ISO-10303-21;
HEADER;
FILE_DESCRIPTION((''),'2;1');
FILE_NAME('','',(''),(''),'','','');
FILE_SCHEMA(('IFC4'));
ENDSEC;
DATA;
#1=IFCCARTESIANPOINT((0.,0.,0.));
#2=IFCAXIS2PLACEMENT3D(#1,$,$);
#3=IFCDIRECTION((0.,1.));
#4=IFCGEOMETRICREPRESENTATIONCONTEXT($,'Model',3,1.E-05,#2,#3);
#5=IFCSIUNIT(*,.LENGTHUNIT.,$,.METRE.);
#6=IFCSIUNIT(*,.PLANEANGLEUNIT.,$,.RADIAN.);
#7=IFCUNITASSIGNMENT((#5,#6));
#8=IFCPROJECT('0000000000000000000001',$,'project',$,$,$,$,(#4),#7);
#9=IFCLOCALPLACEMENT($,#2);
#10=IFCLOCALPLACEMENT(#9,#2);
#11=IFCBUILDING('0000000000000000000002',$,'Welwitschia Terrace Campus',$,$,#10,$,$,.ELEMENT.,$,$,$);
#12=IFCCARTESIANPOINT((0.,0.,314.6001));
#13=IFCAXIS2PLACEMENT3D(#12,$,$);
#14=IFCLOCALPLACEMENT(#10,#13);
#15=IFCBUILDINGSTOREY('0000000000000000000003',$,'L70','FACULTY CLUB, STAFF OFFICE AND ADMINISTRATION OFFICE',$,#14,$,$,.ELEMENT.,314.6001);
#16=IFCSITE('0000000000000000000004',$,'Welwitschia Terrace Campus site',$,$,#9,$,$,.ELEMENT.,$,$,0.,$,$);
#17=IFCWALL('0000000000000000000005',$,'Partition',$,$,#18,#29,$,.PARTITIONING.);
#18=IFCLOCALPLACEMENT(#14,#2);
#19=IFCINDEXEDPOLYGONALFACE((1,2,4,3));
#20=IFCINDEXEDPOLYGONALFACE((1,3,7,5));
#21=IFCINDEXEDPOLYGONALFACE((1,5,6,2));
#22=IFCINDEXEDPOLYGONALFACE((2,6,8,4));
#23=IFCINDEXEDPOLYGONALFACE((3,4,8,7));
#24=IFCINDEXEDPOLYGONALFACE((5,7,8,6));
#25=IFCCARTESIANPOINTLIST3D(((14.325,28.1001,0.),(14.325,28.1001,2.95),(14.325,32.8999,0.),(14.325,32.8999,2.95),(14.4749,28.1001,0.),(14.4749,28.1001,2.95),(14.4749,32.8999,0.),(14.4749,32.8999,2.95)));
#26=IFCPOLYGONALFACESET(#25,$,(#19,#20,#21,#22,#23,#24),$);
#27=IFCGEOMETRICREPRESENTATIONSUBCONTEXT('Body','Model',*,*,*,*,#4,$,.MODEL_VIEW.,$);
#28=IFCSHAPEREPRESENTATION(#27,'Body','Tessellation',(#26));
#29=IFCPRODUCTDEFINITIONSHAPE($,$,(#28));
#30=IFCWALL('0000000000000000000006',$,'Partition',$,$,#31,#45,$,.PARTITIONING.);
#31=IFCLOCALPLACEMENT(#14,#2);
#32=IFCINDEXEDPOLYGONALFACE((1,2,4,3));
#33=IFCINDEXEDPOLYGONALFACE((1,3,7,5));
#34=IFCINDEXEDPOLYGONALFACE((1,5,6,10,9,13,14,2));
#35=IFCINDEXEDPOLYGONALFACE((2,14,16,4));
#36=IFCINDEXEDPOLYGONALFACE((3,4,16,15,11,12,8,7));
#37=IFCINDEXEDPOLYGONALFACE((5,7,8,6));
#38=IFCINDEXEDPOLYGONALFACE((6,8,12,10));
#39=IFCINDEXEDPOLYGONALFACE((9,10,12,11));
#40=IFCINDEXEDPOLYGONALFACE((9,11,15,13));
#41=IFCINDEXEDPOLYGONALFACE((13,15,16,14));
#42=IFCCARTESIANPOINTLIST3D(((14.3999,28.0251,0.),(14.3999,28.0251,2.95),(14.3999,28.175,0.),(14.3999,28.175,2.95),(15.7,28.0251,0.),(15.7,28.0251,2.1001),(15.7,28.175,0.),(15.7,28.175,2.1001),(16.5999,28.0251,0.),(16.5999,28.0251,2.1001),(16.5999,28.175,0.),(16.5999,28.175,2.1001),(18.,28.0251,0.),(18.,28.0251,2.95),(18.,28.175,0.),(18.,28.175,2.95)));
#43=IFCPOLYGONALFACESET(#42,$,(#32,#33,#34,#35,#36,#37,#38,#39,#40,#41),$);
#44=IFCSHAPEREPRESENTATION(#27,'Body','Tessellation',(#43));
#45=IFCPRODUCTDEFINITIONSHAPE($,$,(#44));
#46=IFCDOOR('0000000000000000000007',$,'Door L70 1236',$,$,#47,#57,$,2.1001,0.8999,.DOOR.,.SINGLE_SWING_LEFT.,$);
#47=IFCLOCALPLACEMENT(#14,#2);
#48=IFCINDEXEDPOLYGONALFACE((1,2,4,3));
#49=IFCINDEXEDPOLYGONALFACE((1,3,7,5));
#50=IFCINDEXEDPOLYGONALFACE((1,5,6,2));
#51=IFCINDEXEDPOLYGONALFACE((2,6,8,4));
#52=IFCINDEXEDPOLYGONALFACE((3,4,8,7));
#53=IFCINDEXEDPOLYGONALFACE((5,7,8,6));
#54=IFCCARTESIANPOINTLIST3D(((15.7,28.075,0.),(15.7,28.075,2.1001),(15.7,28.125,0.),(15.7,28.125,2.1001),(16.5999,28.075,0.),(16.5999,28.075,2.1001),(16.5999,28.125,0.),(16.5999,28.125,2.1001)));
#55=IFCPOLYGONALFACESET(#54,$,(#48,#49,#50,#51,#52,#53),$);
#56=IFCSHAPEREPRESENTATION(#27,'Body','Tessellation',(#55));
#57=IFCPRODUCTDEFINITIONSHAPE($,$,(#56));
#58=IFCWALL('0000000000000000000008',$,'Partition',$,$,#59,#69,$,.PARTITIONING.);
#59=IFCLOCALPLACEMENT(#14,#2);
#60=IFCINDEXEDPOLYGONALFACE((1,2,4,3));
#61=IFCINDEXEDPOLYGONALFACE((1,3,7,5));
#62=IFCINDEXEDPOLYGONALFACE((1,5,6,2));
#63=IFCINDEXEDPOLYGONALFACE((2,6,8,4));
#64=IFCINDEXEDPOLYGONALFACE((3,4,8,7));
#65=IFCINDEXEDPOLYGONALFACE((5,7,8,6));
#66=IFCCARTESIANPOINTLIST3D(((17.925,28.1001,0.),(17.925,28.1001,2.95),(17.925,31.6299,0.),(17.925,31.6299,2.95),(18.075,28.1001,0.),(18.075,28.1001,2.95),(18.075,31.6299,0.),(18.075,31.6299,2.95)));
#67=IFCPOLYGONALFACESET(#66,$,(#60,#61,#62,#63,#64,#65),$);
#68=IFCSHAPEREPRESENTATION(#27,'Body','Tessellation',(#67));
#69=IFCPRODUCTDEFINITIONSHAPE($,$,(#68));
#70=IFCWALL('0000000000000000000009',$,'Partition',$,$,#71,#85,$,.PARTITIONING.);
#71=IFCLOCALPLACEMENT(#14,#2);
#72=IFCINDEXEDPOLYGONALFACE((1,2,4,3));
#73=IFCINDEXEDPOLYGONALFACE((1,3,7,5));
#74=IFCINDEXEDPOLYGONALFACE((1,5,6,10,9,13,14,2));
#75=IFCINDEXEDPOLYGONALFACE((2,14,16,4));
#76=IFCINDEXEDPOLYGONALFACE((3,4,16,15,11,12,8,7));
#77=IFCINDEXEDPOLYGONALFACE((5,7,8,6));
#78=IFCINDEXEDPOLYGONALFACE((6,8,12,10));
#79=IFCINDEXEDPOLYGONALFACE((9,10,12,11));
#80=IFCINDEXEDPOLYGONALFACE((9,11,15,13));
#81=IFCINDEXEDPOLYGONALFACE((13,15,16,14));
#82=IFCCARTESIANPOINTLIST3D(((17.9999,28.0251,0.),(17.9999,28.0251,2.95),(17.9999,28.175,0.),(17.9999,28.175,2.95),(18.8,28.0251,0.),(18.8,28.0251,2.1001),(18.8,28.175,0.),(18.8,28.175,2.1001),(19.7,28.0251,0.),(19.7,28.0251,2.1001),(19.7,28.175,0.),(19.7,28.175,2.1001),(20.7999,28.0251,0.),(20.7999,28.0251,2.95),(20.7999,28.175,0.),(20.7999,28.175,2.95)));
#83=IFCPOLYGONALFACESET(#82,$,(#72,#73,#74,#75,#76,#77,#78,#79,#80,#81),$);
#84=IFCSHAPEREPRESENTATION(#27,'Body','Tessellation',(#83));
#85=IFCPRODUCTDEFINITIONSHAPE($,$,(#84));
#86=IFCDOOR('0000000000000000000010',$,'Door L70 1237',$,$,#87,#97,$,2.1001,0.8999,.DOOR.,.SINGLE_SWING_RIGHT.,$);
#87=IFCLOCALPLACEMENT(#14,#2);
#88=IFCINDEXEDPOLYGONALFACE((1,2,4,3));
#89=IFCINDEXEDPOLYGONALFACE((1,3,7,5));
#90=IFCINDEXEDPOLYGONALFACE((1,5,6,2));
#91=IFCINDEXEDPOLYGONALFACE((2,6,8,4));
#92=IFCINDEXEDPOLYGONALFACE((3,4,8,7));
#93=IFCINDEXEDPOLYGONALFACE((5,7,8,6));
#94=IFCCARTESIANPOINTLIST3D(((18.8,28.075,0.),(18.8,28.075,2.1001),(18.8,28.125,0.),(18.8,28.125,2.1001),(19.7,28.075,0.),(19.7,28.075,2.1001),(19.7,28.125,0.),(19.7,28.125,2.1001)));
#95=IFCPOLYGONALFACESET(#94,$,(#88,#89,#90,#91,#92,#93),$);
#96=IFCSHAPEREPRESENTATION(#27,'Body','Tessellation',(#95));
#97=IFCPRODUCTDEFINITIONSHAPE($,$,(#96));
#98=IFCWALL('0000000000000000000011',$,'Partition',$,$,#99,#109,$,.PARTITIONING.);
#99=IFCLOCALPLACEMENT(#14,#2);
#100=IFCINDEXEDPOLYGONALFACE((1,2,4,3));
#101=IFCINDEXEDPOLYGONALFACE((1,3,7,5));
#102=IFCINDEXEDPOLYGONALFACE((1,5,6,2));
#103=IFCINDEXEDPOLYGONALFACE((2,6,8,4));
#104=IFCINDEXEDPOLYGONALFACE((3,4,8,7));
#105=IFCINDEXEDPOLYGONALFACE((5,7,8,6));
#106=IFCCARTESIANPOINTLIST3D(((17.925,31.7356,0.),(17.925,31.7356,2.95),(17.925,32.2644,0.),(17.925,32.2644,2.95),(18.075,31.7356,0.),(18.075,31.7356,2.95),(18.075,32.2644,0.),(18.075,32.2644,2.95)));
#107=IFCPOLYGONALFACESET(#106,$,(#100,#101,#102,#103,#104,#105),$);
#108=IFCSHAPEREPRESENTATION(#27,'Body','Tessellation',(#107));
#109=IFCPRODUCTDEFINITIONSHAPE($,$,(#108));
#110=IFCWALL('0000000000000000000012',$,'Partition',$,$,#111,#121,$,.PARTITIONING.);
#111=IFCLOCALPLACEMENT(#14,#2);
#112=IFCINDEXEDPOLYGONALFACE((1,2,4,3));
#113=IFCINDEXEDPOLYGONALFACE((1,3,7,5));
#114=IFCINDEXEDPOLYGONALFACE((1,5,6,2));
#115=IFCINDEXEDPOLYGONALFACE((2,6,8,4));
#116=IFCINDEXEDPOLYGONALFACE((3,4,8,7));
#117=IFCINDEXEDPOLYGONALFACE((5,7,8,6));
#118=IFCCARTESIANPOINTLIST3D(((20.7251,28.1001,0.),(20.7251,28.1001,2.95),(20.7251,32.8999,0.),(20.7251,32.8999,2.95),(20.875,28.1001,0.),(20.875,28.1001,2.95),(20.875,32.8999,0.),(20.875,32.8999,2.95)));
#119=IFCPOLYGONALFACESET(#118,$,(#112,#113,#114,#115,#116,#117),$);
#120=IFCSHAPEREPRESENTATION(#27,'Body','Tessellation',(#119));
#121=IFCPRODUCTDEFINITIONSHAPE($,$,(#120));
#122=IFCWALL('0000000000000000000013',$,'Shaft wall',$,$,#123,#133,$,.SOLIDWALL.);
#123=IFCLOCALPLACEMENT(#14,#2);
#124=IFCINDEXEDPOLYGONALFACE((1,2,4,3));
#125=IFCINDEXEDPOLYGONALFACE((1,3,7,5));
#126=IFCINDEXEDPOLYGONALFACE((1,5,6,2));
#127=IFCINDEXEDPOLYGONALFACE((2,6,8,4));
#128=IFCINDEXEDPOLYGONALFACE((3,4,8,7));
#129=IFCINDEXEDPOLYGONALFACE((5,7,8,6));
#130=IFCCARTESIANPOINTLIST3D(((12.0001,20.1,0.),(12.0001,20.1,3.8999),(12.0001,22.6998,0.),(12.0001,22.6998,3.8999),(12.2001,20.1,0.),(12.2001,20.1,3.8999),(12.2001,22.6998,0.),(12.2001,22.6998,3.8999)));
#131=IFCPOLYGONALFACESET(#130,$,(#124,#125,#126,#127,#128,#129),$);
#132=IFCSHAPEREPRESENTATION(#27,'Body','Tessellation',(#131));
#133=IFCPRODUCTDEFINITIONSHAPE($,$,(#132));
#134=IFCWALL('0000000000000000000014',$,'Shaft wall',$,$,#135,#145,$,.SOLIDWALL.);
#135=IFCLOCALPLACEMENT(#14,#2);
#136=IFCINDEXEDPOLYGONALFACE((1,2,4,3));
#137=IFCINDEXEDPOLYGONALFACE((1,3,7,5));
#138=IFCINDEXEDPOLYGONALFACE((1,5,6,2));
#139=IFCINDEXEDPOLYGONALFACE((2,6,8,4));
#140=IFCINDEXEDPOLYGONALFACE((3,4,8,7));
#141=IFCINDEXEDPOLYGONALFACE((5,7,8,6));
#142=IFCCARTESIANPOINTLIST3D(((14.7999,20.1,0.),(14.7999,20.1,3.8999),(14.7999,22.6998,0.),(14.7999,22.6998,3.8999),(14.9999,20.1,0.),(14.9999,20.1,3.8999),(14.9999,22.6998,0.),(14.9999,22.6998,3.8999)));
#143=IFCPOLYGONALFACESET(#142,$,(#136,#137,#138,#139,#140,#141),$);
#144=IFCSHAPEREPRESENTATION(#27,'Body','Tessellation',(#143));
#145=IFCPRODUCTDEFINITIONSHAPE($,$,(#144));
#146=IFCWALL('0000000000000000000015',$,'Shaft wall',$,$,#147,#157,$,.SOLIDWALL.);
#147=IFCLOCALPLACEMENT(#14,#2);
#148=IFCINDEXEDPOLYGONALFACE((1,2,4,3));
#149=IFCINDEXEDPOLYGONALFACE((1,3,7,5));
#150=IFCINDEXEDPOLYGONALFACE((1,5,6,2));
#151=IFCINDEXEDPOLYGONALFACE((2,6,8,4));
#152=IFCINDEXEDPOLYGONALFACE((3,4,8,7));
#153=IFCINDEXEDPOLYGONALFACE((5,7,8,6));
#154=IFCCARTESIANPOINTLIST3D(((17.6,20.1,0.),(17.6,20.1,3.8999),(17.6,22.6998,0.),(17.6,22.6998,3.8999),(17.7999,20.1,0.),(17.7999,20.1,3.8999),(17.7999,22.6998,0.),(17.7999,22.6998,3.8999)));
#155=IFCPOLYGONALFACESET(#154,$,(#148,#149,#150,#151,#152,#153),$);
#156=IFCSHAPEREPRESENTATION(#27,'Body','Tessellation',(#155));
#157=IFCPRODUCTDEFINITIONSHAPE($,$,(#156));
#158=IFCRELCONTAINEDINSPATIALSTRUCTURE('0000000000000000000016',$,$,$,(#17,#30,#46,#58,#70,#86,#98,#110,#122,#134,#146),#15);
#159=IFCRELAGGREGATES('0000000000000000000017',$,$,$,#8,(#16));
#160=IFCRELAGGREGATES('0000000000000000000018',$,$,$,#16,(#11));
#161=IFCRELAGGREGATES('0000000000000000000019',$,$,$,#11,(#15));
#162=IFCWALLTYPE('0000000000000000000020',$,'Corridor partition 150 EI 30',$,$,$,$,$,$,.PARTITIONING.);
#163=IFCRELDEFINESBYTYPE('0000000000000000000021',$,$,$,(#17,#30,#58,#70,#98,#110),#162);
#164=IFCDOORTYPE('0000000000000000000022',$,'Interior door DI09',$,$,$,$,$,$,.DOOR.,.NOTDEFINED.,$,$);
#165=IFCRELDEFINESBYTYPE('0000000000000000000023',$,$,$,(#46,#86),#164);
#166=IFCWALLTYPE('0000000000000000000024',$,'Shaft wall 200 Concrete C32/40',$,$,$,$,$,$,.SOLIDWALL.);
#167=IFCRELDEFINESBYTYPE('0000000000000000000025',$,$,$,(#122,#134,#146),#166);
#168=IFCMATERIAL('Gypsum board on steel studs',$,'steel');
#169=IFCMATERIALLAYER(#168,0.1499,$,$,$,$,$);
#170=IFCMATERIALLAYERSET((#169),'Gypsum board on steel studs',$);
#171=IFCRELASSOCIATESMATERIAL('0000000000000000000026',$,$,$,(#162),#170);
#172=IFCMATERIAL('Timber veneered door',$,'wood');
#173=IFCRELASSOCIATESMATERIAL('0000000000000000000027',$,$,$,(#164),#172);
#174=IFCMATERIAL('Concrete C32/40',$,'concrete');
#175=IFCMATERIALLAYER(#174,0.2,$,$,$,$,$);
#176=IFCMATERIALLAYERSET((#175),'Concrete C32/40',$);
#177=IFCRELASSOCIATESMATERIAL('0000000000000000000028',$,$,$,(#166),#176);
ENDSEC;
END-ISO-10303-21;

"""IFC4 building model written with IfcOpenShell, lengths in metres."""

from ifc_helpers import new_model, si_unit, direction, frame, frame_2d, origin, place, context, subcontext, project, spatial, rectangle, extrude, material, layer, layer_set, type_object, element, fill, save


model = new_model("IFC4")

# Units and contexts
model_context = context("Model", 3, precision=1e-05, world=origin(), true_north=direction((0.0, 1.0)))
body_context = subcontext(model_context, "Body", "Model", "MODEL_VIEW")
ifc_project = project(units=[si_unit("LENGTHUNIT", "METRE"), si_unit("PLANEANGLEUNIT", "RADIAN")], contexts=[model_context])

# Site, building, storey
site_placement = place(None, origin())
site = spatial("IfcSite", under=ifc_project, at=site_placement, Name="Welwitschia Terrace Campus site", CompositionType="ELEMENT", RefElevation=0.0)
building_placement = place(site_placement, origin())
building = spatial("IfcBuilding", under=site, at=building_placement, Name="Welwitschia Terrace Campus", CompositionType="ELEMENT")
storey_placement = place(building_placement, frame((0.0, 0.0, 314.6001)))
storey = spatial("IfcBuildingStorey", under=building, at=storey_placement, Name="L70", Description="FACULTY CLUB, STAFF OFFICE AND ADMINISTRATION OFFICE", CompositionType="ELEMENT", Elevation=314.6001)

# Wall
ifc_material_1 = material(Name="Gypsum board on steel studs", Category="steel")
ifc_layer_1 = layer(ifc_material_1, 0.1499)
ifc_layer_set_1 = layer_set([ifc_layer_1], Name="Gypsum board on steel studs")
wall_type_1 = type_object("IfcWallType", Name="Corridor partition 150 EI 30", PredefinedType="PARTITIONING", material=ifc_layer_set_1)
wall_1_placement = place(storey_placement, frame((14.3999, 28.1001, 0.0), z_axis=(0.0, 0.0, 1.0), x_axis=(0.0, 1.0, 0.0)))
element("IfcWall", 1, at=wall_1_placement, inside=storey, type_object=wall_type_1, Name="Partition", PredefinedType="PARTITIONING", context=body_context, shape_type="SweptSolid", body=[
    extrude(rectangle(XDim=4.7998, YDim=0.1499, at=frame_2d((2.3999, 0.0))), origin(), (0.0, 0.0, 1.0), 2.95),
])

# Wall, opening, door
wall_2_placement = place(storey_placement, frame((14.3999, 28.1001, 0.0), z_axis=(0.0, 0.0, 1.0), x_axis=(1.0, 0.0, 0.0)))
wall_2 = element("IfcWall", 2, at=wall_2_placement, inside=storey, type_object=wall_type_1, Name="Partition", PredefinedType="PARTITIONING", context=body_context, shape_type="SweptSolid", body=[
    extrude(rectangle(XDim=3.6001, YDim=0.1499, at=frame_2d((1.8, 0.0))), origin(), (0.0, 0.0, 1.0), 2.95),
])
opening_1_placement = place(wall_2_placement, frame((1.3, 0.0, 0.0)))
opening_1 = element("IfcOpeningElement", 3, at=opening_1_placement, cuts=wall_2, PredefinedType="OPENING", context=body_context, shape_type="SweptSolid", body=[
    extrude(rectangle(XDim=0.8999, YDim=2.1001, at=frame_2d((0.45, 1.05))), frame((0.0, 0.085, 0.0), z_axis=(0.0, -1.0, 0.0), x_axis=(1.0, 0.0, 0.0)), (0.0, 0.0, 1.0), 0.1699),
])
ifc_material_2 = material(Name="Timber veneered door", Category="wood")
door_type = type_object("IfcDoorType", Name="Interior door DI09", OperationType="NOTDEFINED", PredefinedType="DOOR", material=ifc_material_2)
door_1_placement = place(opening_1_placement, origin())
door_1 = element("IfcDoor", 4, at=door_1_placement, inside=storey, type_object=door_type, Name="Door L70 1236", OperationType="SINGLE_SWING_LEFT", OverallHeight=2.1001, OverallWidth=0.8999, PredefinedType="DOOR", context=body_context, shape_type="SweptSolid", body=[
    extrude(rectangle(XDim=0.8999, YDim=2.1001, at=frame_2d((0.45, 1.05))), frame((0.0, 0.0249, 0.0), z_axis=(0.0, -1.0, 0.0), x_axis=(1.0, 0.0, 0.0)), (0.0, 0.0, 1.0), 0.05),
])
fill(opening_1, door_1)

# Wall
wall_3_placement = place(storey_placement, frame((18.0, 28.1001, 0.0), z_axis=(0.0, 0.0, 1.0), x_axis=(0.0, 1.0, 0.0)))
element("IfcWall", 5, at=wall_3_placement, inside=storey, type_object=wall_type_1, Name="Partition", PredefinedType="PARTITIONING", context=body_context, shape_type="SweptSolid", body=[
    extrude(rectangle(XDim=3.5298, YDim=0.1499, at=frame_2d((1.7649, 0.0))), origin(), (0.0, 0.0, 1.0), 2.95),
])

# Wall, opening, door
wall_4_placement = place(storey_placement, frame((18.0, 28.1001, 0.0), z_axis=(0.0, 0.0, 1.0), x_axis=(1.0, 0.0, 0.0)))
wall_4 = element("IfcWall", 6, at=wall_4_placement, inside=storey, type_object=wall_type_1, Name="Partition", PredefinedType="PARTITIONING", context=body_context, shape_type="SweptSolid", body=[
    extrude(rectangle(XDim=2.8, YDim=0.1499, at=frame_2d((1.3999, 0.0))), origin(), (0.0, 0.0, 1.0), 2.95),
])
opening_2_placement = place(wall_4_placement, frame((0.8, 0.0, 0.0)))
opening_2 = element("IfcOpeningElement", 7, at=opening_2_placement, cuts=wall_4, PredefinedType="OPENING", context=body_context, shape_type="SweptSolid", body=[
    extrude(rectangle(XDim=0.8999, YDim=2.1001, at=frame_2d((0.45, 1.05))), frame((0.0, 0.085, 0.0), z_axis=(0.0, -1.0, 0.0), x_axis=(1.0, 0.0, 0.0)), (0.0, 0.0, 1.0), 0.1699),
])
door_2_placement = place(opening_2_placement, origin())
door_2 = element("IfcDoor", 8, at=door_2_placement, inside=storey, type_object=door_type, Name="Door L70 1237", OperationType="SINGLE_SWING_RIGHT", OverallHeight=2.1001, OverallWidth=0.8999, PredefinedType="DOOR", context=body_context, shape_type="SweptSolid", body=[
    extrude(rectangle(XDim=0.8999, YDim=2.1001, at=frame_2d((0.45, 1.05))), frame((0.0, 0.0249, 0.0), z_axis=(0.0, -1.0, 0.0), x_axis=(1.0, 0.0, 0.0)), (0.0, 0.0, 1.0), 0.05),
])
fill(opening_2, door_2)

# Walls
wall_5_placement = place(storey_placement, frame((18.0, 31.7356, 0.0), z_axis=(0.0, 0.0, 1.0), x_axis=(0.0, 1.0, 0.0)))
element("IfcWall", 9, at=wall_5_placement, inside=storey, type_object=wall_type_1, Name="Partition", PredefinedType="PARTITIONING", context=body_context, shape_type="SweptSolid", body=[
    extrude(rectangle(XDim=0.5288, YDim=0.1499, at=frame_2d((0.2644, 0.0))), origin(), (0.0, 0.0, 1.0), 2.95),
])
wall_6_placement = place(storey_placement, frame((20.8, 28.1001, 0.0), z_axis=(0.0, 0.0, 1.0), x_axis=(0.0, 1.0, 0.0)))
element("IfcWall", 10, at=wall_6_placement, inside=storey, type_object=wall_type_1, Name="Partition", PredefinedType="PARTITIONING", context=body_context, shape_type="SweptSolid", body=[
    extrude(rectangle(XDim=4.7998, YDim=0.1499, at=frame_2d((2.3999, 0.0))), origin(), (0.0, 0.0, 1.0), 2.95),
])
ifc_material_3 = material(Name="Concrete C32/40", Category="concrete")
ifc_layer_2 = layer(ifc_material_3, 0.2)
ifc_layer_set_2 = layer_set([ifc_layer_2], Name="Concrete C32/40")
wall_type_2 = type_object("IfcWallType", Name="Shaft wall 200 Concrete C32/40", PredefinedType="SOLIDWALL", material=ifc_layer_set_2)
for number, where, z_axis, x_axis, name in (
    (11, (12.1001, 20.1001, 0.0), (0.0, 0.0, 1.0), (0.0, 1.0, 0.0), "Shaft wall"),
    (12, (14.8999, 20.1001, 0.0), (0.0, 0.0, 1.0), (0.0, 1.0, 0.0), "Shaft wall"),
    (13, (17.7, 20.1001, 0.0), (0.0, 0.0, 1.0), (0.0, 1.0, 0.0), "Shaft wall"),
):
    element("IfcWall", number, at=place(storey_placement, frame(where, z_axis=z_axis, x_axis=x_axis)), inside=storey, type_object=wall_type_2, Name=name, PredefinedType="SOLIDWALL", context=body_context, shape_type="SweptSolid", body=[
        extrude(rectangle(XDim=2.5999, YDim=0.2, at=frame_2d((1.2998, 0.0))), origin(), (0.0, 0.0, 1.0), 3.8999),
    ])

save(model, "model.ifc")
